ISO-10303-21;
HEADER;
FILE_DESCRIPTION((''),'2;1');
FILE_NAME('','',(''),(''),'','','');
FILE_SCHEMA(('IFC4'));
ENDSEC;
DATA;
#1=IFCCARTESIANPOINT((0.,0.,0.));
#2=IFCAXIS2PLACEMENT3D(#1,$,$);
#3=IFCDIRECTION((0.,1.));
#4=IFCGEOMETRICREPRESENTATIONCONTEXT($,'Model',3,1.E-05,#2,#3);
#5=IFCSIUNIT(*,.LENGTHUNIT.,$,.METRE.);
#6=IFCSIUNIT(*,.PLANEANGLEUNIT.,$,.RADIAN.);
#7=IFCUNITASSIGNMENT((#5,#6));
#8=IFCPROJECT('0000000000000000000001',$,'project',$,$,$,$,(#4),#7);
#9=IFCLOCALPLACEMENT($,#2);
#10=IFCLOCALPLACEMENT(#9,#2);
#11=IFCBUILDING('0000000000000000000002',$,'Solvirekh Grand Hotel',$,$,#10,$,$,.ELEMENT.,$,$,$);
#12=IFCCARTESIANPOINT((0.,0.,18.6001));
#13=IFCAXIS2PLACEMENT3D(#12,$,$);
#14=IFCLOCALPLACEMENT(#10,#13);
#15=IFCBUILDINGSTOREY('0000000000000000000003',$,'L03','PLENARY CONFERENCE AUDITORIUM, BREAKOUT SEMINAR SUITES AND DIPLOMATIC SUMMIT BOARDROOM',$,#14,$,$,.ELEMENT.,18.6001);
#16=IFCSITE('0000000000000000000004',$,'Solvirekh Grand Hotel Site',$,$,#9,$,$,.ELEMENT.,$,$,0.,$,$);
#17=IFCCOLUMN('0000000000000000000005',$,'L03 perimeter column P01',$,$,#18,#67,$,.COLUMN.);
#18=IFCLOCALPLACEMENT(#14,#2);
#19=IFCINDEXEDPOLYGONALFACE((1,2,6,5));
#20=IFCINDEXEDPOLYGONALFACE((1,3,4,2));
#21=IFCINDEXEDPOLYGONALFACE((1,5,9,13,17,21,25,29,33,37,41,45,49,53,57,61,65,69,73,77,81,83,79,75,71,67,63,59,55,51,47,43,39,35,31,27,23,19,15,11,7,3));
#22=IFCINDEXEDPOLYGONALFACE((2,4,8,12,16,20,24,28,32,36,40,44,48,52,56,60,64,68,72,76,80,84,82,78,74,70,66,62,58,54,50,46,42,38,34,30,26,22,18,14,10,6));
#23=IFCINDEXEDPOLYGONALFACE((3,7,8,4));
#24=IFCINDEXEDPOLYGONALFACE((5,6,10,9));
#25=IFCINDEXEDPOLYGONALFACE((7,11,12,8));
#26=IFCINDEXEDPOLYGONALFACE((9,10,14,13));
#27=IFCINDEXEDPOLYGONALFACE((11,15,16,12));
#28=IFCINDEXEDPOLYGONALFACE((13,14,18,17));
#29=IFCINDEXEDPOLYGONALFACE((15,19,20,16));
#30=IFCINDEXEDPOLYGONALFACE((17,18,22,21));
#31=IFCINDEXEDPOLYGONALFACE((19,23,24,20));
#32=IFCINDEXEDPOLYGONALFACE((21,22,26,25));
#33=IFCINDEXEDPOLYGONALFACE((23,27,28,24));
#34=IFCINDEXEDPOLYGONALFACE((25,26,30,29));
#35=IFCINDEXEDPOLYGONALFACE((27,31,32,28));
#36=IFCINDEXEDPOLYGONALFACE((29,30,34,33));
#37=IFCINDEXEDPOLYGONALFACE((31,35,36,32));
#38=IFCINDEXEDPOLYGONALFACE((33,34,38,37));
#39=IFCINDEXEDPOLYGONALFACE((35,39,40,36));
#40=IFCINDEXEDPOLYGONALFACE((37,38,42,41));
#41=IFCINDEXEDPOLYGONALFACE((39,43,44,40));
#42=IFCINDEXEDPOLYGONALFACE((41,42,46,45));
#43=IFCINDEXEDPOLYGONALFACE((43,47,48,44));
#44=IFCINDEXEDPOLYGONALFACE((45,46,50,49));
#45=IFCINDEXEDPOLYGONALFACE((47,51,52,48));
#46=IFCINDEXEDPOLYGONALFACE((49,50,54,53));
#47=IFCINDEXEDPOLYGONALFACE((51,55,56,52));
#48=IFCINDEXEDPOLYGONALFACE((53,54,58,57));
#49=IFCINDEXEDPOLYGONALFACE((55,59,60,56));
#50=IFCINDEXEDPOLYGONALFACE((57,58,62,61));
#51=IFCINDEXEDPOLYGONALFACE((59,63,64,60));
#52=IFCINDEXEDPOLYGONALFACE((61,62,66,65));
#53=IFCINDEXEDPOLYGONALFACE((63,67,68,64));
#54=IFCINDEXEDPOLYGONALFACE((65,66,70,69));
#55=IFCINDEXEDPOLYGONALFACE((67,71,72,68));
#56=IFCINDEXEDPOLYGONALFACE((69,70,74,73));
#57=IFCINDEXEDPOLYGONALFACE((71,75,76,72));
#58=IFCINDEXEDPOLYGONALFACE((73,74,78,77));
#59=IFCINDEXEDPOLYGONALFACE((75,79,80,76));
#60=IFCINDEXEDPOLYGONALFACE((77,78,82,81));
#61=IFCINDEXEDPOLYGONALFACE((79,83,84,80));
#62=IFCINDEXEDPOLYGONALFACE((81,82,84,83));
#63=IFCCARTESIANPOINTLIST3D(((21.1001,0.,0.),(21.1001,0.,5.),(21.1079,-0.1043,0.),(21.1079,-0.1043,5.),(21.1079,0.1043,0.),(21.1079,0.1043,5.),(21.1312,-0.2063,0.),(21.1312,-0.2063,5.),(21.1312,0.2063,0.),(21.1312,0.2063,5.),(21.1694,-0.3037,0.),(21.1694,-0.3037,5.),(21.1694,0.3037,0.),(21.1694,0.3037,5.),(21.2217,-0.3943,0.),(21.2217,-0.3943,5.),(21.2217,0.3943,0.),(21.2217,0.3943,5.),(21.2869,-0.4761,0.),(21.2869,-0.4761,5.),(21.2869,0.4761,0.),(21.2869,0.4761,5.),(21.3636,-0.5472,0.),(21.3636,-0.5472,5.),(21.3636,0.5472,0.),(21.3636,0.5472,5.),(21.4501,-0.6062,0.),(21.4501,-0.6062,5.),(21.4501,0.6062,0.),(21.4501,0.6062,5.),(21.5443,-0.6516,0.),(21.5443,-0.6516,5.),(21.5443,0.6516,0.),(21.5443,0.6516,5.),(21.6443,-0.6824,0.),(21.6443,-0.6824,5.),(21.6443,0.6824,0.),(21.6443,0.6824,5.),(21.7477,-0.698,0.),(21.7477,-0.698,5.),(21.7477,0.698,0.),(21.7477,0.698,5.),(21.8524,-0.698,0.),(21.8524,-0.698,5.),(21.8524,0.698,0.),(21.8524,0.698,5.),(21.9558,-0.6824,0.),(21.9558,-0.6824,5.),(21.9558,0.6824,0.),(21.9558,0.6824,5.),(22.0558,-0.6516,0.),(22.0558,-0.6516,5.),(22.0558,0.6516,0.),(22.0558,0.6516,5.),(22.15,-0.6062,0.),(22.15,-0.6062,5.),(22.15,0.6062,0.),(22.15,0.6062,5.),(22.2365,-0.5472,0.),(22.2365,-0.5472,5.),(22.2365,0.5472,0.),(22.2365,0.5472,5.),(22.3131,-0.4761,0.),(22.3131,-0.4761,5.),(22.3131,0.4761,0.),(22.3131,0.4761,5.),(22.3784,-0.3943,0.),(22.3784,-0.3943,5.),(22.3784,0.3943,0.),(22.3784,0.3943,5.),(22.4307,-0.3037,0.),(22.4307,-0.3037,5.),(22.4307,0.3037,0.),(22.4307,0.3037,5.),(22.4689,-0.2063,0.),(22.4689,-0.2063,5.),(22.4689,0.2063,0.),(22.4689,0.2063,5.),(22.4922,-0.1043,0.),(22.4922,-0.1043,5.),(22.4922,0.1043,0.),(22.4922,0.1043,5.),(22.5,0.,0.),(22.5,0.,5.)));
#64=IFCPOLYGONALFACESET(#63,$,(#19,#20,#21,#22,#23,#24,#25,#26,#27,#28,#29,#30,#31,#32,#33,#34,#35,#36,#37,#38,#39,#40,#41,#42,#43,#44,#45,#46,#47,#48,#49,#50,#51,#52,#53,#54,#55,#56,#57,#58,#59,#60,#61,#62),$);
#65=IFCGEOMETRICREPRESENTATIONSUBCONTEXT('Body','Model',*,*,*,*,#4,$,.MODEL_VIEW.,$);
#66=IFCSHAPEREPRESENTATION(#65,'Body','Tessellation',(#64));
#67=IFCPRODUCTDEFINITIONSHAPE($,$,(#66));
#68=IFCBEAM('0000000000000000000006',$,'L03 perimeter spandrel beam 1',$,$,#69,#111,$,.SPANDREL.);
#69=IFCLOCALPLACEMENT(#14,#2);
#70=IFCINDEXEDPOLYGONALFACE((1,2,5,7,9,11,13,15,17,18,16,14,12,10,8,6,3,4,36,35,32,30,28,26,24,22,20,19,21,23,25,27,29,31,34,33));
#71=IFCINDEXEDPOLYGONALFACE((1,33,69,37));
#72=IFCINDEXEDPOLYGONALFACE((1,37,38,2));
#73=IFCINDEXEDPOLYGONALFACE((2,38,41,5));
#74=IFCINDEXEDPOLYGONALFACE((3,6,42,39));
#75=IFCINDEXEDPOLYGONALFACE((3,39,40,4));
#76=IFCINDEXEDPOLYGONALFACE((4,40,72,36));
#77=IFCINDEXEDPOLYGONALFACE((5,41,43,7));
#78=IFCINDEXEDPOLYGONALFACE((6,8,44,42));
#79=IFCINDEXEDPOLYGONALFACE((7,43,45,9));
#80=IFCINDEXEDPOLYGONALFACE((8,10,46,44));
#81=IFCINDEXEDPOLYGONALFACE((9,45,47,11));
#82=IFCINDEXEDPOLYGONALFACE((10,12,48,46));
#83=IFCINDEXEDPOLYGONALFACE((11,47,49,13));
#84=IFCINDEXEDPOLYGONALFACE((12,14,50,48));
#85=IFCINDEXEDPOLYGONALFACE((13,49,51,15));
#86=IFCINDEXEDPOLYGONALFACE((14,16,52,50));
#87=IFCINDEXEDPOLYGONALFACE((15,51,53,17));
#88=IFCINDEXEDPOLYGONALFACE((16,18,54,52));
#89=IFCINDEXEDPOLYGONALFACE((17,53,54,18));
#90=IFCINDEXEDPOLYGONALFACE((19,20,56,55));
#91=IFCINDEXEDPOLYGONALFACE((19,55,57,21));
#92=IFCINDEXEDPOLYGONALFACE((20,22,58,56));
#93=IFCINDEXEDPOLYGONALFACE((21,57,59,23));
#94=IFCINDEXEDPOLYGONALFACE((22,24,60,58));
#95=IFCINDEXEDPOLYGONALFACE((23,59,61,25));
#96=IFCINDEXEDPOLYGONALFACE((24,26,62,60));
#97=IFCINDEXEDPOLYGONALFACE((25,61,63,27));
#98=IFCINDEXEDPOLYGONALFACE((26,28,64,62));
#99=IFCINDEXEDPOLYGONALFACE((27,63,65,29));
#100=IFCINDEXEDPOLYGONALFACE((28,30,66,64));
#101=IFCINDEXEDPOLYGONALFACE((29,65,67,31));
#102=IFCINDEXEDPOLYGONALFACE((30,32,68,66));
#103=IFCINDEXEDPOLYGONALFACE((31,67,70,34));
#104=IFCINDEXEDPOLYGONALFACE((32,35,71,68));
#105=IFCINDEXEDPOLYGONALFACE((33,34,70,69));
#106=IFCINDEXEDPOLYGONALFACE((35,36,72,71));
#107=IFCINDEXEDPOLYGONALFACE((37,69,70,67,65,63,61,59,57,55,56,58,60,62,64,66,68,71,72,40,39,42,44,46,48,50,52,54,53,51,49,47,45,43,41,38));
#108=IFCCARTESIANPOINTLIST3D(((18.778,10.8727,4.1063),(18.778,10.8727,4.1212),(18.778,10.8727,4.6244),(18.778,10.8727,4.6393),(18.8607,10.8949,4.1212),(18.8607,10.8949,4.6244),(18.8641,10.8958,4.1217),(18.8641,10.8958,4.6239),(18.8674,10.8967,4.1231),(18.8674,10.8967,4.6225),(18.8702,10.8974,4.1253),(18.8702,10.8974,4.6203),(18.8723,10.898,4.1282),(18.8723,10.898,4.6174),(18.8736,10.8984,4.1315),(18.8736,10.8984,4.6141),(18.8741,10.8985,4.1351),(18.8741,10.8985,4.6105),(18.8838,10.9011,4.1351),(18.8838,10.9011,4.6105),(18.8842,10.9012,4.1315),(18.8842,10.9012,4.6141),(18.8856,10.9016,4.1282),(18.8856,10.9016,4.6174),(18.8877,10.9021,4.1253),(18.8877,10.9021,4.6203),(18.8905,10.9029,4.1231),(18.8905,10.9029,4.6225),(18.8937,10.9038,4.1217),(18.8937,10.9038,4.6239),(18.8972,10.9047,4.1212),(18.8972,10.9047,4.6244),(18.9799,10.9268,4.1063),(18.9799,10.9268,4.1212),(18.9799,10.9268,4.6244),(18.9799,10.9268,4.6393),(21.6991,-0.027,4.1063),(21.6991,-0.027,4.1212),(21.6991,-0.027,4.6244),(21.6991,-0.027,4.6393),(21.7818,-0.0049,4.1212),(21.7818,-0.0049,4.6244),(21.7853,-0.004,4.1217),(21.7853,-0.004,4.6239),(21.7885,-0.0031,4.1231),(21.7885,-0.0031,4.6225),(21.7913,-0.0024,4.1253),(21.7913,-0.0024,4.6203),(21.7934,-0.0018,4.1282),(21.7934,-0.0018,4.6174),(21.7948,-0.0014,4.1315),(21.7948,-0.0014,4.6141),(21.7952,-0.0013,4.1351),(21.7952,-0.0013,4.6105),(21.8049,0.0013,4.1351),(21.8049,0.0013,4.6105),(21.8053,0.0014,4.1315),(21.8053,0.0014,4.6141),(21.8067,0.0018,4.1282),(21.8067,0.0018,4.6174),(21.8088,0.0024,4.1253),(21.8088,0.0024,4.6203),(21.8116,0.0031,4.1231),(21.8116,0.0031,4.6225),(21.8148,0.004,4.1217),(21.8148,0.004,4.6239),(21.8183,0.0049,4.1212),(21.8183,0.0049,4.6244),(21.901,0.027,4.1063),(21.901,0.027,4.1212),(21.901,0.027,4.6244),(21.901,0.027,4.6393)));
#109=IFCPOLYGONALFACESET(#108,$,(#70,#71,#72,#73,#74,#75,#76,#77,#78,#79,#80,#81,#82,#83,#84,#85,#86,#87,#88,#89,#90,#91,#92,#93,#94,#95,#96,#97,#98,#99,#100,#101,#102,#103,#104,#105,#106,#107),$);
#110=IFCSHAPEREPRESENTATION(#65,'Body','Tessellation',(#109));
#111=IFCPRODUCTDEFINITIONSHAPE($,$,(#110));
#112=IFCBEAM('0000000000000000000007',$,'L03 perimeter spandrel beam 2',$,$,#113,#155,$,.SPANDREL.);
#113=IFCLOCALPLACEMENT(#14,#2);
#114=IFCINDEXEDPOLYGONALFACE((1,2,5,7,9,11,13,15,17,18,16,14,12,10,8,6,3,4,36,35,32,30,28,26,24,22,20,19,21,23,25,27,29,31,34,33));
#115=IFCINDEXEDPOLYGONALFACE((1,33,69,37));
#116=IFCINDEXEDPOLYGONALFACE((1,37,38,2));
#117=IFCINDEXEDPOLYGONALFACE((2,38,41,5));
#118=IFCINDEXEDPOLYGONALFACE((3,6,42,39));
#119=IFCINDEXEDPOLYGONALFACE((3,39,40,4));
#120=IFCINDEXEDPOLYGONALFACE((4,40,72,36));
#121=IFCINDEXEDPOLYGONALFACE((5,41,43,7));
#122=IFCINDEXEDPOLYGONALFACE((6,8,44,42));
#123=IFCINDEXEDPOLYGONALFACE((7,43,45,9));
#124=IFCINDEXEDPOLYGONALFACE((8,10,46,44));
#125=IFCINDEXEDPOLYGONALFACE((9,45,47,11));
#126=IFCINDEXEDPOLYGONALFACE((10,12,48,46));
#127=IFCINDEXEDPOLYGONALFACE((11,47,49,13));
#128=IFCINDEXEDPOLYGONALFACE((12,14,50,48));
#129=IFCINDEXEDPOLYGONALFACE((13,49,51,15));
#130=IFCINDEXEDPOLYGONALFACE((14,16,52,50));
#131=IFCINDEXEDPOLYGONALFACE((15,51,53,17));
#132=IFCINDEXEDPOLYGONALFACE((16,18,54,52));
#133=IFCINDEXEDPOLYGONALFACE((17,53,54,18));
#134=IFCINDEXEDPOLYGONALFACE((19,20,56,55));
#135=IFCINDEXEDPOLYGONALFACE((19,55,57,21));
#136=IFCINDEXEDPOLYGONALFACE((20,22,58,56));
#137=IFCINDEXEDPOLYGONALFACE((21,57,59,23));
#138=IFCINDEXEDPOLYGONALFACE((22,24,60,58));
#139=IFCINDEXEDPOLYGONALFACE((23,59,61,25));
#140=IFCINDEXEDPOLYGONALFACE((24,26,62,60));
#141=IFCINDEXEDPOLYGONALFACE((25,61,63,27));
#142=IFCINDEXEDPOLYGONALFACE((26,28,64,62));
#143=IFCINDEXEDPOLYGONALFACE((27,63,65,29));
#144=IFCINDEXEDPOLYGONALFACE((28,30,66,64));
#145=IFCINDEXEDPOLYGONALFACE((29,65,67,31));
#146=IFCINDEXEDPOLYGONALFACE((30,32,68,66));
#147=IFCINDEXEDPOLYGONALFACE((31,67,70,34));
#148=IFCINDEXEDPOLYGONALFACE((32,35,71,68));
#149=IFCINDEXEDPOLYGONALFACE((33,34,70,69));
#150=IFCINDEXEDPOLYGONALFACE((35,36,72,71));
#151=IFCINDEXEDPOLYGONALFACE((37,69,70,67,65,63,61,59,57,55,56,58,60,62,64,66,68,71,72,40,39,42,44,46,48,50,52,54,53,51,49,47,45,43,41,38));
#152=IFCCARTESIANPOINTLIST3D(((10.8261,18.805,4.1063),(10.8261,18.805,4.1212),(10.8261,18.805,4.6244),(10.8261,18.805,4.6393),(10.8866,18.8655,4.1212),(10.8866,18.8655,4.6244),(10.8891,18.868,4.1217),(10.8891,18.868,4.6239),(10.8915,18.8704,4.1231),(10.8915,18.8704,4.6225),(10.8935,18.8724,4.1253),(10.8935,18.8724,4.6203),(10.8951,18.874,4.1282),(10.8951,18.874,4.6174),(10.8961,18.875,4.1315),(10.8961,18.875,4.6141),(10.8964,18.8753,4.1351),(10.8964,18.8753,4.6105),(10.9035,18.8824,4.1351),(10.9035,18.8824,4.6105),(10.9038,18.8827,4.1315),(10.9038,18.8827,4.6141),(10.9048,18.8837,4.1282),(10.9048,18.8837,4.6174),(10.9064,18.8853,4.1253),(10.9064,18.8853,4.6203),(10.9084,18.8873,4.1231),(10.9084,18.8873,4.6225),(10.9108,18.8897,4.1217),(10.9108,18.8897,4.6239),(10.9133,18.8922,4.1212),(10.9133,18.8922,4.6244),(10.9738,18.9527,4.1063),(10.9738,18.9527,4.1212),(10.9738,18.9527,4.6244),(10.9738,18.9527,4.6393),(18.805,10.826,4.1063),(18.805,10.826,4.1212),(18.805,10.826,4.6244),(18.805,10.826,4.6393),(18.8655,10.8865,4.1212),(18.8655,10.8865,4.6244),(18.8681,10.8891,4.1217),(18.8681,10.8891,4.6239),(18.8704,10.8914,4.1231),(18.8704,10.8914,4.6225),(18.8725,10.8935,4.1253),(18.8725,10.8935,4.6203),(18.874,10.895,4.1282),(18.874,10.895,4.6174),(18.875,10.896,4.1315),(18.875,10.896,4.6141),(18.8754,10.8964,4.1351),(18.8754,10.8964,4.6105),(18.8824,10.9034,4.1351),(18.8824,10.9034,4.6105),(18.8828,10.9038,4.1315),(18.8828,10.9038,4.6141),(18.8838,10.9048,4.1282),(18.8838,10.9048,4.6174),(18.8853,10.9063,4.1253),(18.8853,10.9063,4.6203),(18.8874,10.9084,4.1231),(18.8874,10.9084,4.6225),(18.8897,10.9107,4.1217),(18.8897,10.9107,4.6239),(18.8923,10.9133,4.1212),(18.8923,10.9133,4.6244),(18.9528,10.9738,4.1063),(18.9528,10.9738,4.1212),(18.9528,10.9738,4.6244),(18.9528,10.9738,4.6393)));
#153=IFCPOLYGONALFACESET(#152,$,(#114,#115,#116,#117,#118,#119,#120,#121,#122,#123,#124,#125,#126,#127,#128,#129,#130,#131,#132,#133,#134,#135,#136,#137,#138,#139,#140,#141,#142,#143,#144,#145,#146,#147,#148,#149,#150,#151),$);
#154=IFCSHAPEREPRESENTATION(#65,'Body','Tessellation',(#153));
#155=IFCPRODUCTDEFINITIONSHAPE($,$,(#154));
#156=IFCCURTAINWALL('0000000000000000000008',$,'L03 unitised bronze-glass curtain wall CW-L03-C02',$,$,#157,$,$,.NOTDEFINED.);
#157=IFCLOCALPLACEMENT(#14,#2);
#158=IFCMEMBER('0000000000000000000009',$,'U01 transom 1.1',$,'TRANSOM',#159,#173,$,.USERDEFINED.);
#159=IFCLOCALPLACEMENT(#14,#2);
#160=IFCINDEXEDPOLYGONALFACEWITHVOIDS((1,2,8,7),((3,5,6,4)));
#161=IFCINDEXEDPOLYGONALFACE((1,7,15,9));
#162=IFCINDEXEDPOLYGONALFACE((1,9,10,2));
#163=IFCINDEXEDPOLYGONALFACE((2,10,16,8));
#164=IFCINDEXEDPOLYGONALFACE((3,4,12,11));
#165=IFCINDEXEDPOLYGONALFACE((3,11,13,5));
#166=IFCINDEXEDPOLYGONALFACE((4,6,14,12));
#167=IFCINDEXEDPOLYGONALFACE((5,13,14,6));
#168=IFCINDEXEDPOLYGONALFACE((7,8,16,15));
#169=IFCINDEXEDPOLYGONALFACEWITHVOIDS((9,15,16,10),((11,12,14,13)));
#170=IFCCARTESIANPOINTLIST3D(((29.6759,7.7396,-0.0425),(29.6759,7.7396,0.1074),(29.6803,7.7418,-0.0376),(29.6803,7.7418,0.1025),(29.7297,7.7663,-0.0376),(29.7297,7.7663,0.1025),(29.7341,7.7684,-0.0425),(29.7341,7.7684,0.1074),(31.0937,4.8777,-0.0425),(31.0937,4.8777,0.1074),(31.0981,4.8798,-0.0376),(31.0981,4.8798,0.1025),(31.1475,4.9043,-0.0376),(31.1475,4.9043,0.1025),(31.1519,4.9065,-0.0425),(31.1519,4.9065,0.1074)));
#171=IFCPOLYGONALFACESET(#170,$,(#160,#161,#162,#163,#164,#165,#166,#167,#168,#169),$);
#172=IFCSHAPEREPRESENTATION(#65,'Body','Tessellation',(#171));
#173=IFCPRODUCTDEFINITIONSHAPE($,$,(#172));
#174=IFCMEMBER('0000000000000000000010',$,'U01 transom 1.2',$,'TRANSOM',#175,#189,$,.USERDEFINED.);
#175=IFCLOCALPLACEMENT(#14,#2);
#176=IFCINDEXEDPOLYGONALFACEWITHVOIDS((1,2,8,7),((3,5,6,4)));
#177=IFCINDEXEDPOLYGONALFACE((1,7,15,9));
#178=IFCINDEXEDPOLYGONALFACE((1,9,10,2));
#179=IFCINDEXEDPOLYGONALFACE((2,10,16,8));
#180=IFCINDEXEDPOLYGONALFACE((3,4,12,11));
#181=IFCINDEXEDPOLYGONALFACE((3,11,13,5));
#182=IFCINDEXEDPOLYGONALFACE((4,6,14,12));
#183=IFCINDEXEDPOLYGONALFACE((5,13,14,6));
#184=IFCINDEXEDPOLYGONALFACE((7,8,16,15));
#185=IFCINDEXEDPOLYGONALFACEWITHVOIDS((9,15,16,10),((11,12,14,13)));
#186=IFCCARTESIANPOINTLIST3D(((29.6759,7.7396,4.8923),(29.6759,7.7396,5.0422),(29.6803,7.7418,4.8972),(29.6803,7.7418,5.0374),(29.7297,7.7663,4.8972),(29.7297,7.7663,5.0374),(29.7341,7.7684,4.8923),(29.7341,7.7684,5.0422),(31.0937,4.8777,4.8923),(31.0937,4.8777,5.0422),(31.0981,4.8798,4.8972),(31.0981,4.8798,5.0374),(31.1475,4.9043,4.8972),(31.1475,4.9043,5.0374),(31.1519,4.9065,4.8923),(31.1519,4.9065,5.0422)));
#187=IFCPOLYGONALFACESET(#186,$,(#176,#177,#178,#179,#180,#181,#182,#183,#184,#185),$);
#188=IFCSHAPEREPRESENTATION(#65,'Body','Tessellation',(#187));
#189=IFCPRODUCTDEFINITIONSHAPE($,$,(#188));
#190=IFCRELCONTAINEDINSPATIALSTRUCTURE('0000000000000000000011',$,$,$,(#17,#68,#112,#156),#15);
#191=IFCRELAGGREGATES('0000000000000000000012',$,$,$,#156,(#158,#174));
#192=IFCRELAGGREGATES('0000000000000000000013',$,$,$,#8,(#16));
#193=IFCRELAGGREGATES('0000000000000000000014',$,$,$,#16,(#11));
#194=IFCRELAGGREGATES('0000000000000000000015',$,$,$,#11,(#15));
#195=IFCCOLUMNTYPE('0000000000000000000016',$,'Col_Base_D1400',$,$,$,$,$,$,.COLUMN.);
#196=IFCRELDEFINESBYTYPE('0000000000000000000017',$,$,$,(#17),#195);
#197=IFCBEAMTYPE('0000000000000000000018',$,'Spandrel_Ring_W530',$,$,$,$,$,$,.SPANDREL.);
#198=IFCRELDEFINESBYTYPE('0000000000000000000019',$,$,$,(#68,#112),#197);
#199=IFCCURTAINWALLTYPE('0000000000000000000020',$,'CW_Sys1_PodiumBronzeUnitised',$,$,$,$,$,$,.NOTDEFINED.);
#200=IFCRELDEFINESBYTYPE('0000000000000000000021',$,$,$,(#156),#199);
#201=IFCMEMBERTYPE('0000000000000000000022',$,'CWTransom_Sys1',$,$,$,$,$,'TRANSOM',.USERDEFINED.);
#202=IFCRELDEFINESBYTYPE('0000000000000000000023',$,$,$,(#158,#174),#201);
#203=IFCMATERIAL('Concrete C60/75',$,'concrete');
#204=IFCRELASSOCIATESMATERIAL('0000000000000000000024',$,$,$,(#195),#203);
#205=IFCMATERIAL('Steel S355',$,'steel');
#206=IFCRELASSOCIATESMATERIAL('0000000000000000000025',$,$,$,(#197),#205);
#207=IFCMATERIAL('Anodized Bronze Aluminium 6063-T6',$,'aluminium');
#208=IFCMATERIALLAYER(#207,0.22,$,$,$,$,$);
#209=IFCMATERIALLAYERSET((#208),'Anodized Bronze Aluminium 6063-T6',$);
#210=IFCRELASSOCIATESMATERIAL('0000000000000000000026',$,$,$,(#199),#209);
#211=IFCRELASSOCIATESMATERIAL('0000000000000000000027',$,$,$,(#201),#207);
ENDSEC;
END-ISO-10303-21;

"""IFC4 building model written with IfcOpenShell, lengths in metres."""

from ifc_helpers import new_model, si_unit, direction, frame, origin, origin_2d, place, context, subcontext, project, spatial, hollow_rectangle, circle, i_section, extrude, source, transform, mapped, material, layer, layer_set, material_profile, profile_set, type_object, element, aggregate, save


model = new_model("IFC4")

# Units and contexts
model_context = context("Model", 3, precision=1e-05, world=origin(), true_north=direction((0.0, 1.0)))
body_context = subcontext(model_context, "Body", "Model", "MODEL_VIEW")
ifc_project = project(units=[si_unit("LENGTHUNIT", "METRE"), si_unit("PLANEANGLEUNIT", "RADIAN")], contexts=[model_context])

# Site, building, storey
site_placement = place(None, origin())
site = spatial("IfcSite", under=ifc_project, at=site_placement, Name="Solvirekh Grand Hotel Site", CompositionType="ELEMENT", RefElevation=0.0)
building_placement = place(site_placement, origin())
building = spatial("IfcBuilding", under=site, at=building_placement, Name="Solvirekh Grand Hotel", CompositionType="ELEMENT")
storey_placement = place(building_placement, frame((0.0, 0.0, 18.6001)))
storey = spatial("IfcBuildingStorey", under=building, at=storey_placement, Name="L03", Description="PLENARY CONFERENCE AUDITORIUM, BREAKOUT SEMINAR SUITES AND DIPLOMATIC SUMMIT BOARDROOM", CompositionType="ELEMENT", Elevation=18.6001)

# Column
ifc_material_1 = material(Name="Concrete C60/75", Category="concrete")
ifc_material_profile_1 = material_profile(ifc_material_1, circle(Radius=0.7, at=origin_2d()), Name="RC CIRC D1400")
ifc_profile_set_1 = profile_set([ifc_material_profile_1], Name="Concrete C60/75")
column_type = type_object("IfcColumnType", Name="Col_Base_D1400", PredefinedType="COLUMN", material=ifc_profile_set_1)
column_placement = place(storey_placement, frame((21.8, 0.0, 0.0), z_axis=(0.0, 0.0, 1.0), x_axis=(1.0, 0.0, 0.0)))
element("IfcColumn", 1, at=column_placement, inside=storey, type_object=column_type, Name="L03 perimeter column P01", PredefinedType="COLUMN", context=body_context, shape_type="SweptSolid", body=[
    extrude(circle(Radius=0.7, at=origin_2d()), origin(), (0.0, 0.0, 1.0), 5.0),
])

# Beams
ifc_material_2 = material(Name="Steel S355", Category="steel")
ifc_material_profile_2 = material_profile(ifc_material_2, i_section(OverallWidth=0.209, OverallDepth=0.533, WebThickness=0.01, FlangeThickness=0.0149, FilletRadius=0.0139, at=origin_2d()), Name="W530X92")
ifc_profile_set_2 = profile_set([ifc_material_profile_2], Name="Steel S355")
beam_type = type_object("IfcBeamType", Name="Spandrel_Ring_W530", PredefinedType="SPANDREL", material=ifc_profile_set_2)
beam_1_placement = place(storey_placement, frame((21.8, 0.0, 4.3728), z_axis=(-0.258862, 0.965914, 0.0), x_axis=(-0.965914, -0.258862, 0.0)))
element("IfcBeam", 2, at=beam_1_placement, inside=storey, type_object=beam_type, Name="L03 perimeter spandrel beam 1", PredefinedType="SPANDREL", context=body_context, shape_type="SweptSolid", body=[
    extrude(i_section(OverallWidth=0.209, OverallDepth=0.533, WebThickness=0.01, FlangeThickness=0.0149, FilletRadius=0.0139, at=origin_2d()), origin(), (0.0, 0.0, 1.0), 11.2844),
])
beam_2_placement = place(storey_placement, frame((18.8789, 10.8999, 4.3728), z_axis=(-0.707107, 0.707107, 0.0), x_axis=(-0.707107, -0.707107, 0.0)))
element("IfcBeam", 3, at=beam_2_placement, inside=storey, type_object=beam_type, Name="L03 perimeter spandrel beam 2", PredefinedType="SPANDREL", context=body_context, shape_type="SweptSolid", body=[
    extrude(i_section(OverallWidth=0.209, OverallDepth=0.533, WebThickness=0.01, FlangeThickness=0.0149, FilletRadius=0.0139, at=origin_2d()), origin(), (0.0, 0.0, 1.0), 11.2839),
])

# Curtain wall, members
ifc_material_3 = material(Name="Anodized Bronze Aluminium 6063-T6", Category="aluminium")
ifc_layer_1 = layer(ifc_material_3, 0.22)
ifc_layer_set_1 = layer_set([ifc_layer_1], Name="Anodized Bronze Aluminium 6063-T6")
curtain_wall_type = type_object("IfcCurtainWallType", Name="CW_Sys1_PodiumBronzeUnitised", PredefinedType="NOTDEFINED", material=ifc_layer_set_1)
curtain_wall_1_placement = place(storey_placement, origin())
curtain_wall_1 = element("IfcCurtainWall", 4, at=curtain_wall_1_placement, inside=storey, type_object=curtain_wall_type, Name="L03 unitised bronze-glass curtain wall CW-L03-C02", PredefinedType="NOTDEFINED")
ifc_material_profile_3 = material_profile(ifc_material_3, hollow_rectangle(XDim=0.0649, YDim=0.1499, WallThickness=0.0049, at=origin_2d()), Name="ALU RHS 150X65X5")
ifc_profile_set_3 = profile_set([ifc_material_profile_3], Name="Anodized Bronze Aluminium 6063-T6")
member_type_1 = type_object("IfcMemberType", Name="CWTransom_Sys1", ElementType="TRANSOM", PredefinedType="USERDEFINED", material=ifc_profile_set_3)
shared_shape_1 = source(origin(), body_context, "Body", "SweptSolid", [
    extrude(hollow_rectangle(XDim=0.0649, YDim=0.1499, WallThickness=0.0049, at=origin_2d()), origin(), (0.0, 0.0, 1.0), 3.1938),
])
member_1_placement = place(storey_placement, frame((31.1228, 4.8921, 0.0325), z_axis=(-0.443908, 0.896072, 0.0), x_axis=(-0.896072, -0.443908, 0.0)))
member_1 = element("IfcMember", 5, at=member_1_placement, type_object=member_type_1, Name="U01 transom 1.1", ObjectType="TRANSOM", PredefinedType="USERDEFINED", context=body_context, shape_type="MappedRepresentation", body=[
    mapped(shared_shape_1, transform((0.0, 0.0, 0.0), x_axis=(1.0, 0.0, 0.0), y_axis=(0.0, 1.0, 0.0), z_axis=(0.0, 0.0, 1.0), scale=1.0)),
])
member_2_placement = place(storey_placement, frame((31.1228, 4.8921, 4.9673), z_axis=(-0.443908, 0.896072, 0.0), x_axis=(-0.896072, -0.443908, 0.0)))
member_2 = element("IfcMember", 6, at=member_2_placement, type_object=member_type_1, Name="U01 transom 1.2", ObjectType="TRANSOM", PredefinedType="USERDEFINED", context=body_context, shape_type="MappedRepresentation", body=[
    mapped(shared_shape_1, transform((0.0, 0.0, 0.0), x_axis=(1.0, 0.0, 0.0), y_axis=(0.0, 1.0, 0.0), z_axis=(0.0, 0.0, 1.0), scale=1.0)),
])

aggregate(curtain_wall_1, [member_1, member_2])

save(model, "model.ifc")
